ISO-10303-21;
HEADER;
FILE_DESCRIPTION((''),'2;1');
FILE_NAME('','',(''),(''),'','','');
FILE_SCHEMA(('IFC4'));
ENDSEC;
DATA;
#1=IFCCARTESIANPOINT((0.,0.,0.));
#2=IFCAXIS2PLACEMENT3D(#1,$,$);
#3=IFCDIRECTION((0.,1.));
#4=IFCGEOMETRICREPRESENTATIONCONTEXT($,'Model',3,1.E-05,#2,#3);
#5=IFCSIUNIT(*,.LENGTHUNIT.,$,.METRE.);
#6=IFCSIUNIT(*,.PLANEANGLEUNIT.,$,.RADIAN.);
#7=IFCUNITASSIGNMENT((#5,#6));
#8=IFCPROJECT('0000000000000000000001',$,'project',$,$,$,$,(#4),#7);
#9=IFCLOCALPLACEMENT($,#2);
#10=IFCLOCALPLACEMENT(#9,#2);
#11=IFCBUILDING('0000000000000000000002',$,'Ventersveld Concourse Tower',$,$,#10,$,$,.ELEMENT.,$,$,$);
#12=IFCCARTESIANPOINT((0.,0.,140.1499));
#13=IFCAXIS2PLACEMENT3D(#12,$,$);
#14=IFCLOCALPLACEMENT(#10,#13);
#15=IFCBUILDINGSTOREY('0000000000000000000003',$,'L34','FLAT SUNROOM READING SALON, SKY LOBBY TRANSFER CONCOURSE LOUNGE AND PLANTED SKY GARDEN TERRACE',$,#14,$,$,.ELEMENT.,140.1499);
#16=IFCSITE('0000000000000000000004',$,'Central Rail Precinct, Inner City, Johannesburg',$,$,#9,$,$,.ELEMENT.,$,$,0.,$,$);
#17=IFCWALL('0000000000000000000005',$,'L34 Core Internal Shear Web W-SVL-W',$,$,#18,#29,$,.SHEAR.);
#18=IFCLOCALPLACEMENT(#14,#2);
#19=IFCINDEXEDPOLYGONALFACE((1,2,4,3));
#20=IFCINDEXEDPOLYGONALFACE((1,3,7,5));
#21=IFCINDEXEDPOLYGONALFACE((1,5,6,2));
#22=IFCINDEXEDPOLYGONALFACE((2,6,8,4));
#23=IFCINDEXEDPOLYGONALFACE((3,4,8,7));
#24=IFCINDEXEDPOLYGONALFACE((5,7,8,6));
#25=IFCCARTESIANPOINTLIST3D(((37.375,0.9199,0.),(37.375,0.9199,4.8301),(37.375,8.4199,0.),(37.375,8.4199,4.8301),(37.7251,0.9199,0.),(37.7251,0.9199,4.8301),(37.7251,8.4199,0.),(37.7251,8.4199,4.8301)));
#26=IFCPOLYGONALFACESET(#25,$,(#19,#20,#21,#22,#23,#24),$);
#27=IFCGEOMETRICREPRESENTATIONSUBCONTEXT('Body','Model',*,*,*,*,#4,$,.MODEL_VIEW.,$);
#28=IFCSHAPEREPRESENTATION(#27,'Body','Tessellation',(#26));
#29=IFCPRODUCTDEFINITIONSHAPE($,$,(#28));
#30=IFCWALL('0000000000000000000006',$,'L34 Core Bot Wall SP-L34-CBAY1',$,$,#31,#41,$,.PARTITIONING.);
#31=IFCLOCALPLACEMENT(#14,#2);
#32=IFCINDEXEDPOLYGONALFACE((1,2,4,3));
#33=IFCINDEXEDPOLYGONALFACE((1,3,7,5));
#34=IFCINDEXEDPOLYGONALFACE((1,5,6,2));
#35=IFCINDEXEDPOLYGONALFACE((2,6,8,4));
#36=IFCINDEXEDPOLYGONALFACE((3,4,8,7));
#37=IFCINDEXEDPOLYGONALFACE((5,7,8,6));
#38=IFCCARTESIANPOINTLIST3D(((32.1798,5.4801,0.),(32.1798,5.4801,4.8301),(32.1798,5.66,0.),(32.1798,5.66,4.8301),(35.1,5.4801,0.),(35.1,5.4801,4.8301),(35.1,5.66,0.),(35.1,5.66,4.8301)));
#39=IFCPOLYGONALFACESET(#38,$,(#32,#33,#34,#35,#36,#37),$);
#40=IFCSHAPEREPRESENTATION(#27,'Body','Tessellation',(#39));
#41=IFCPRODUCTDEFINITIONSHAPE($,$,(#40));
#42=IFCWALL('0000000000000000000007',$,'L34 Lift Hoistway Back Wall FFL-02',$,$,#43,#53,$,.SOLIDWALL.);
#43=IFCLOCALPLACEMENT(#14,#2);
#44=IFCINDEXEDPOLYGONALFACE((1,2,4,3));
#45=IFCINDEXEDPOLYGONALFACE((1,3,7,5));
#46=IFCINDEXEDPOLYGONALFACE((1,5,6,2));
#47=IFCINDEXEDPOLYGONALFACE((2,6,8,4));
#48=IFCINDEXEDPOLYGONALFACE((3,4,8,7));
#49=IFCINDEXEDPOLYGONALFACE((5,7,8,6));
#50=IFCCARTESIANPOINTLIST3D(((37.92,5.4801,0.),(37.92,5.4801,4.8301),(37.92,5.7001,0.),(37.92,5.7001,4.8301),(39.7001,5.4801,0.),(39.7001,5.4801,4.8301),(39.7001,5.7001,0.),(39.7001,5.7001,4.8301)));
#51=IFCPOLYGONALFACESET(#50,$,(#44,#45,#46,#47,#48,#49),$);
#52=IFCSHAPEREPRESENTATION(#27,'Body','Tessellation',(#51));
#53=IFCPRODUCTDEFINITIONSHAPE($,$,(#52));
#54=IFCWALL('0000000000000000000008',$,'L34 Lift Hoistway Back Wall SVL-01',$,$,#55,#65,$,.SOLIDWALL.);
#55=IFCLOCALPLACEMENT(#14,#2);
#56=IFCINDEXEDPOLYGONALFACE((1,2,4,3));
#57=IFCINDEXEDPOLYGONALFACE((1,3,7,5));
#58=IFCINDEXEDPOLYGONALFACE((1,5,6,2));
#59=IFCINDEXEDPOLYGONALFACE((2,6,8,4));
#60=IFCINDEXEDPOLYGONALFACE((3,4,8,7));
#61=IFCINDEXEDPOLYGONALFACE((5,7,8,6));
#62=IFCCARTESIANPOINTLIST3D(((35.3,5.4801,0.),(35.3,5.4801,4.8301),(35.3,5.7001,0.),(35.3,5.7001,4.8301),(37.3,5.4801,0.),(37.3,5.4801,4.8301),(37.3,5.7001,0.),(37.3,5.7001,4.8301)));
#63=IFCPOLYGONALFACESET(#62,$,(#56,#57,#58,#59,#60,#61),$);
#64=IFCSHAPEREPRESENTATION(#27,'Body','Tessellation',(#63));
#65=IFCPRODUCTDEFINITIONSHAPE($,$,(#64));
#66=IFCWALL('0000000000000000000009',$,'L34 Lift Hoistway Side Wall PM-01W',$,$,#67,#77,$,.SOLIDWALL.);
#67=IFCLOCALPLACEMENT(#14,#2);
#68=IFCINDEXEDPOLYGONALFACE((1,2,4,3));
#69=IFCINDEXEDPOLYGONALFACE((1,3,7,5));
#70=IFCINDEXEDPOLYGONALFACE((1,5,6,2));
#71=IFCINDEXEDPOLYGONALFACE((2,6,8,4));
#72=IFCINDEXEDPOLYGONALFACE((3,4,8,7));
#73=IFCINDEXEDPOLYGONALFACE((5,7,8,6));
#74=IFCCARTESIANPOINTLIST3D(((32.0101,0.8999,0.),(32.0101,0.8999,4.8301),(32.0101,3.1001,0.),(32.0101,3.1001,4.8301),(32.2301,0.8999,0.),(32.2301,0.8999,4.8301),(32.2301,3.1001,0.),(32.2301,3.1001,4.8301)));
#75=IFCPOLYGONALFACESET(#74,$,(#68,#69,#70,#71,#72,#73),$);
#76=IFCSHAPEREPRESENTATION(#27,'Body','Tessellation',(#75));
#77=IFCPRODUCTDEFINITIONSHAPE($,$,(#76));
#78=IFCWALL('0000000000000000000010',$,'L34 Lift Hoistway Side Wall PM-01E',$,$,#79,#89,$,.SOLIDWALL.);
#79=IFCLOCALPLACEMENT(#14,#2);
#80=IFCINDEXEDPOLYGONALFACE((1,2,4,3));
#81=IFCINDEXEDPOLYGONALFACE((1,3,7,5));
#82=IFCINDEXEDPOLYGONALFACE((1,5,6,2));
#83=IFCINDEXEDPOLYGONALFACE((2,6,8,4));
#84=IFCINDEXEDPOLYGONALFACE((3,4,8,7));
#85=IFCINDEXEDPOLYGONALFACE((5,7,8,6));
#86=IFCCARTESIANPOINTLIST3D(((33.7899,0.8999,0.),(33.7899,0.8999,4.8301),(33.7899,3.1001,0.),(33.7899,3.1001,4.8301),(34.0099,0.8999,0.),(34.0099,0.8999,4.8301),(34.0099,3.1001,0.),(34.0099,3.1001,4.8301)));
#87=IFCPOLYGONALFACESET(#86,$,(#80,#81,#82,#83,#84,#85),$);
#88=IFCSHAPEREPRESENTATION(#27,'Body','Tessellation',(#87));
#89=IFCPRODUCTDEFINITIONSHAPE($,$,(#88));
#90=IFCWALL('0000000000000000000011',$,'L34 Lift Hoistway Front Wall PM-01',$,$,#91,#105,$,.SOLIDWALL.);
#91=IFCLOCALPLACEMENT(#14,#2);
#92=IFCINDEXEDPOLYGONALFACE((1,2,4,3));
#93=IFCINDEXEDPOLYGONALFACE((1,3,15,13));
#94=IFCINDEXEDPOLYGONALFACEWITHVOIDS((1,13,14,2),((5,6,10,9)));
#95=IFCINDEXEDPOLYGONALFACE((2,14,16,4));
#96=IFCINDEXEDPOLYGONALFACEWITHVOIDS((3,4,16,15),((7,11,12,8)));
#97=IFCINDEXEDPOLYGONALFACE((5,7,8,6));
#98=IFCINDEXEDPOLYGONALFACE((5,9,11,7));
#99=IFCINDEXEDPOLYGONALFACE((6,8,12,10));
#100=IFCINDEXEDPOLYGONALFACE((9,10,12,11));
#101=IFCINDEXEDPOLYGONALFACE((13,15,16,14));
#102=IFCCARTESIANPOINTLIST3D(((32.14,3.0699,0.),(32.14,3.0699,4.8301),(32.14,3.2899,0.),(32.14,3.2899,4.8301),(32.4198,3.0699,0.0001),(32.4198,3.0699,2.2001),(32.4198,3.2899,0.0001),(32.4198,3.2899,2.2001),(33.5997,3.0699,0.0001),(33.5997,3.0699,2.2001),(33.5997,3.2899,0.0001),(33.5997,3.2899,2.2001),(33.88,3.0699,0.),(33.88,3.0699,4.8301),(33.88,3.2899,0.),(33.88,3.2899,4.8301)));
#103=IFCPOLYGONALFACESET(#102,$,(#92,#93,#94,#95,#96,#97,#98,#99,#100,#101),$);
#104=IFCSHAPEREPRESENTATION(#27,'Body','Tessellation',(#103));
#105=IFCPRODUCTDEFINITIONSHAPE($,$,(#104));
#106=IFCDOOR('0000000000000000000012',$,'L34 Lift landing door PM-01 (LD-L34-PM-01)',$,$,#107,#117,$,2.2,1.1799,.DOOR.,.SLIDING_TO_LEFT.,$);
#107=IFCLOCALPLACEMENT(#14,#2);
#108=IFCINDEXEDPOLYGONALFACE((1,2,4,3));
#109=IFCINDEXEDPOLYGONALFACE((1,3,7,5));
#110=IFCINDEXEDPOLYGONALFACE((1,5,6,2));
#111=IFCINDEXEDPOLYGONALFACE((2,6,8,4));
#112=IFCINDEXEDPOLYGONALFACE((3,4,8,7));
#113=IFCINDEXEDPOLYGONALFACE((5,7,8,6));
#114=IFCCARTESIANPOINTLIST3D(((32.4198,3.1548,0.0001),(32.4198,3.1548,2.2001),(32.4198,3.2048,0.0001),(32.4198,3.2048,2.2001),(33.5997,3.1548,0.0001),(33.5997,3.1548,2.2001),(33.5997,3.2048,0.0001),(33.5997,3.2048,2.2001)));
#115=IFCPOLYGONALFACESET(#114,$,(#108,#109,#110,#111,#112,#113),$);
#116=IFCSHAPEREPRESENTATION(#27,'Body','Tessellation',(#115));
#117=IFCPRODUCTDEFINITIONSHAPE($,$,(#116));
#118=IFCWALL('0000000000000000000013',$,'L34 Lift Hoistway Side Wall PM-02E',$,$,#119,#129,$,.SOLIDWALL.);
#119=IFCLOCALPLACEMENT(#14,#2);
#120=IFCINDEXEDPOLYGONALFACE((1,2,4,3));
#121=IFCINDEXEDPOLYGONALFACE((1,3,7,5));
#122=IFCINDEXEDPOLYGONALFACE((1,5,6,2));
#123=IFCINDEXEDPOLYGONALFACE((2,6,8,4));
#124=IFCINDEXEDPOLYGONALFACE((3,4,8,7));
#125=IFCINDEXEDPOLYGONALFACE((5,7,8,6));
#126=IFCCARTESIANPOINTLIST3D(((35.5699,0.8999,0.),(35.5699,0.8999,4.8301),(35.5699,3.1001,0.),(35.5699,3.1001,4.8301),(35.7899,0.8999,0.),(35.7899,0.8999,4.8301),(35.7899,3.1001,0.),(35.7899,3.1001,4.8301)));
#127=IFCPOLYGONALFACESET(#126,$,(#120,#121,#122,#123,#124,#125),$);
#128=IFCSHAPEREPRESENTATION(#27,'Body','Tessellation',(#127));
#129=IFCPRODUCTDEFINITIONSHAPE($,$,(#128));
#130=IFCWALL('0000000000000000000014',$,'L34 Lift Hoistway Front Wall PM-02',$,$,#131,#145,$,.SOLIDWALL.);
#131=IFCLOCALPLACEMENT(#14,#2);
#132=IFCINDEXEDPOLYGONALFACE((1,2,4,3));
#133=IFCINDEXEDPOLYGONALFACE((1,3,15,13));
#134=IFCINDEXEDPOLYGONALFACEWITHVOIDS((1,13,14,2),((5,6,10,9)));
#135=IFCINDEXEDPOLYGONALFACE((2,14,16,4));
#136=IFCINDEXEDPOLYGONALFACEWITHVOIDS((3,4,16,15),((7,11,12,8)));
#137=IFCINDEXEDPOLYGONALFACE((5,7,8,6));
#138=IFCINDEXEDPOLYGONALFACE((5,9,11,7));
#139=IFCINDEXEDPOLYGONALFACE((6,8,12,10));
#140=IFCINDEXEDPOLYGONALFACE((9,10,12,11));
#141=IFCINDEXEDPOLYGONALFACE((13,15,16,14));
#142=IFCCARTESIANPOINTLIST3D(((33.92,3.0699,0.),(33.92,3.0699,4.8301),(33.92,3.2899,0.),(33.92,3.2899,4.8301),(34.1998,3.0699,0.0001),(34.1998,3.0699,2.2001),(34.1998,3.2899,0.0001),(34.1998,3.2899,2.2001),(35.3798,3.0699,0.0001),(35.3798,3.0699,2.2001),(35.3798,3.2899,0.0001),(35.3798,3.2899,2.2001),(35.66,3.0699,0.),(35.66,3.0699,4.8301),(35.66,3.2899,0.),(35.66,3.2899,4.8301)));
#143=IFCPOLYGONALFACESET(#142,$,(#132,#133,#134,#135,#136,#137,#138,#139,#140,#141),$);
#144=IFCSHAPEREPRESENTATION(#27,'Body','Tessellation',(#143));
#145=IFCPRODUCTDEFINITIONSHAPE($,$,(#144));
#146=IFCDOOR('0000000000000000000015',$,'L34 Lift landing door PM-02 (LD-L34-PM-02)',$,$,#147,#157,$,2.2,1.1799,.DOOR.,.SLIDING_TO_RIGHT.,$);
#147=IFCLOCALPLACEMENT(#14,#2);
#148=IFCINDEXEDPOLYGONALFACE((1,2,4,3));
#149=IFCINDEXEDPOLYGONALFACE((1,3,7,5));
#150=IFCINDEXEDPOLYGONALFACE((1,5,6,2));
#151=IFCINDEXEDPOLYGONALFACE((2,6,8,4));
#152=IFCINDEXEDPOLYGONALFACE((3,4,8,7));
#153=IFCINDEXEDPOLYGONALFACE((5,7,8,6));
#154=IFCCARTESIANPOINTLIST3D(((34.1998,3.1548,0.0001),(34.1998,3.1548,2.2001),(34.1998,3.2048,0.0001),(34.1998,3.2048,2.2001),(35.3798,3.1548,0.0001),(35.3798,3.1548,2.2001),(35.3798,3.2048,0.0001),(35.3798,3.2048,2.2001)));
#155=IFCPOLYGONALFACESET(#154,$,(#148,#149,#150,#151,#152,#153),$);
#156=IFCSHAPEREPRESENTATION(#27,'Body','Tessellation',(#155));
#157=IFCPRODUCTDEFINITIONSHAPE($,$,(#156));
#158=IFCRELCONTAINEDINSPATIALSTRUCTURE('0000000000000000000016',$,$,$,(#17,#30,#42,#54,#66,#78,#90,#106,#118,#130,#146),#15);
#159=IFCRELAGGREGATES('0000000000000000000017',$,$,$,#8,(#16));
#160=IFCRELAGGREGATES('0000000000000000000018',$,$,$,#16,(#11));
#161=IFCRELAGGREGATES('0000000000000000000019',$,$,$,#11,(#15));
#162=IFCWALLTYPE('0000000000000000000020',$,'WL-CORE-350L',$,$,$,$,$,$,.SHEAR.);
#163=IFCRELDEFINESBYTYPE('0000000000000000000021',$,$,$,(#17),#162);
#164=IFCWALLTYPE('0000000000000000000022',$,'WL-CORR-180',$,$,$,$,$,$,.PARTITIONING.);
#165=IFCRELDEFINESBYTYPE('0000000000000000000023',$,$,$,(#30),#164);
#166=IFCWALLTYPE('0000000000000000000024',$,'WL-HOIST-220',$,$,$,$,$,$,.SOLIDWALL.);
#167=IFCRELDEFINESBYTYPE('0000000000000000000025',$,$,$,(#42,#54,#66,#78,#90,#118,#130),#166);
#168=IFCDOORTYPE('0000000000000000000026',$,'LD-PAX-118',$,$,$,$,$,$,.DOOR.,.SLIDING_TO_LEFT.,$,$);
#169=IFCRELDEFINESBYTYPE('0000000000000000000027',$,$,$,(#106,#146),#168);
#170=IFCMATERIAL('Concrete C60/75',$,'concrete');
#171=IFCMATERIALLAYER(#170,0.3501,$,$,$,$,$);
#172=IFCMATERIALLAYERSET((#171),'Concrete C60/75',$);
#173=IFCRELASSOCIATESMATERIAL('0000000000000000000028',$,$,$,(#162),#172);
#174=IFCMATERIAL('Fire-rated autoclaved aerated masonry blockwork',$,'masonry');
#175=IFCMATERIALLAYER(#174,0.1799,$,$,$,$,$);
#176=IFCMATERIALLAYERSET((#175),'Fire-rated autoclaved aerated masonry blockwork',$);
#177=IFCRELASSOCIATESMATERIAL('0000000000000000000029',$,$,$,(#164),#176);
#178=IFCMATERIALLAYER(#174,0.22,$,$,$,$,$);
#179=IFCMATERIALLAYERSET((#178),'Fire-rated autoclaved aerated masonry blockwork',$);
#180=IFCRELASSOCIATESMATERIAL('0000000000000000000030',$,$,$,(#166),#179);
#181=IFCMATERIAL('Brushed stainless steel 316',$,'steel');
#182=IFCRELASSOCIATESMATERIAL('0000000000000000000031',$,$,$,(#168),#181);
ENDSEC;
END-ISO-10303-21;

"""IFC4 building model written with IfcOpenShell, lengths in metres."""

from ifc_helpers import new_model, si_unit, direction, frame, frame_2d, origin, place, context, subcontext, project, spatial, rectangle, extrude, material, layer, layer_set, type_object, element, fill, save


model = new_model("IFC4")

# Units and contexts
model_context = context("Model", 3, precision=1e-05, world=origin(), true_north=direction((0.0, 1.0)))
body_context = subcontext(model_context, "Body", "Model", "MODEL_VIEW")
ifc_project = project(units=[si_unit("LENGTHUNIT", "METRE"), si_unit("PLANEANGLEUNIT", "RADIAN")], contexts=[model_context])

# Site, building, storey
site_placement = place(None, origin())
site = spatial("IfcSite", under=ifc_project, at=site_placement, Name="Central Rail Precinct, Inner City, Johannesburg", CompositionType="ELEMENT", RefElevation=0.0)
building_placement = place(site_placement, origin())
building = spatial("IfcBuilding", under=site, at=building_placement, Name="Ventersveld Concourse Tower", CompositionType="ELEMENT")
storey_placement = place(building_placement, frame((0.0, 0.0, 140.1499)))
storey = spatial("IfcBuildingStorey", under=building, at=storey_placement, Name="L34", Description="FLAT SUNROOM READING SALON, SKY LOBBY TRANSFER CONCOURSE LOUNGE AND PLANTED SKY GARDEN TERRACE", CompositionType="ELEMENT", Elevation=140.1499)

# Walls
ifc_material_1 = material(Name="Concrete C60/75", Category="concrete")
ifc_layer_1 = layer(ifc_material_1, 0.3501)
ifc_layer_set_1 = layer_set([ifc_layer_1], Name="Concrete C60/75")
wall_type_1 = type_object("IfcWallType", Name="WL-CORE-350L", PredefinedType="SHEAR", material=ifc_layer_set_1)
for number, where, z_axis, x_axis, name in (
    (1, (37.55, 0.9199, 0.0), (0.0, 0.0, 1.0), (0.0, 1.0, 0.0), "L34 Core Internal Shear Web W-SVL-W"),
):
    element("IfcWall", number, at=place(storey_placement, frame(where, z_axis=z_axis, x_axis=x_axis)), inside=storey, type_object=wall_type_1, Name=name, PredefinedType="SHEAR", context=body_context, shape_type="SweptSolid", body=[
        extrude(rectangle(XDim=7.5, YDim=0.3501, at=frame_2d((3.75, 0.0))), origin(), (0.0, 0.0, 1.0), 4.8301),
    ])
ifc_material_2 = material(Name="Fire-rated autoclaved aerated masonry blockwork", Category="masonry")
ifc_layer_2 = layer(ifc_material_2, 0.1799)
ifc_layer_set_2 = layer_set([ifc_layer_2], Name="Fire-rated autoclaved aerated masonry blockwork")
wall_type_2 = type_object("IfcWallType", Name="WL-CORR-180", PredefinedType="PARTITIONING", material=ifc_layer_set_2)
wall_1_placement = place(storey_placement, frame((32.1799, 5.5701, 0.0), z_axis=(0.0, 0.0, 1.0), x_axis=(1.0, 0.0, 0.0)))
element("IfcWall", 2, at=wall_1_placement, inside=storey, type_object=wall_type_2, Name="L34 Core Bot Wall SP-L34-CBAY1", PredefinedType="PARTITIONING", context=body_context, shape_type="SweptSolid", body=[
    extrude(rectangle(XDim=2.9202, YDim=0.1799, at=frame_2d((1.46, 0.0))), origin(), (0.0, 0.0, 1.0), 4.8301),
])
ifc_layer_3 = layer(ifc_material_2, 0.22)
ifc_layer_set_3 = layer_set([ifc_layer_3], Name="Fire-rated autoclaved aerated masonry blockwork")
wall_type_3 = type_object("IfcWallType", Name="WL-HOIST-220", PredefinedType="SOLIDWALL", material=ifc_layer_set_3)
wall_2_placement = place(storey_placement, frame((37.9199, 5.5901, 0.0), z_axis=(0.0, 0.0, 1.0), x_axis=(1.0, 0.0, 0.0)))
element("IfcWall", 3, at=wall_2_placement, inside=storey, type_object=wall_type_3, Name="L34 Lift Hoistway Back Wall FFL-02", PredefinedType="SOLIDWALL", context=body_context, shape_type="SweptSolid", body=[
    extrude(rectangle(XDim=1.78, YDim=0.22, at=frame_2d((0.8901, 0.0))), origin(), (0.0, 0.0, 1.0), 4.8301),
])
wall_3_placement = place(storey_placement, frame((35.3, 5.5901, 0.0), z_axis=(0.0, 0.0, 1.0), x_axis=(1.0, 0.0, 0.0)))
element("IfcWall", 4, at=wall_3_placement, inside=storey, type_object=wall_type_3, Name="L34 Lift Hoistway Back Wall SVL-01", PredefinedType="SOLIDWALL", context=body_context, shape_type="SweptSolid", body=[
    extrude(rectangle(XDim=2.0, YDim=0.22, at=frame_2d((1.0, 0.0))), origin(), (0.0, 0.0, 1.0), 4.8301),
])
for number, where, z_axis, x_axis, name in (
    (5, (32.1201, 0.8999, 0.0), (0.0, 0.0, 1.0), (0.0, 1.0, 0.0), "L34 Lift Hoistway Side Wall PM-01W"),
    (6, (33.8999, 0.8999, 0.0), (0.0, 0.0, 1.0), (0.0, 1.0, 0.0), "L34 Lift Hoistway Side Wall PM-01E"),
):
    element("IfcWall", number, at=place(storey_placement, frame(where, z_axis=z_axis, x_axis=x_axis)), inside=storey, type_object=wall_type_3, Name=name, PredefinedType="SOLIDWALL", context=body_context, shape_type="SweptSolid", body=[
        extrude(rectangle(XDim=2.2002, YDim=0.22, at=frame_2d((1.1001, 0.0))), origin(), (0.0, 0.0, 1.0), 4.8301),
    ])

# Wall, opening, door
wall_4_placement = place(storey_placement, frame((32.1399, 3.1799, 0.0), z_axis=(0.0, 0.0, 1.0), x_axis=(1.0, 0.0, 0.0)))
wall_4 = element("IfcWall", 7, at=wall_4_placement, inside=storey, type_object=wall_type_3, Name="L34 Lift Hoistway Front Wall PM-01", PredefinedType="SOLIDWALL", context=body_context, shape_type="SweptSolid", body=[
    extrude(rectangle(XDim=1.74, YDim=0.22, at=frame_2d((0.8701, 0.0))), origin(), (0.0, 0.0, 1.0), 4.8301),
])
opening_1_placement = place(wall_4_placement, frame((0.28, 0.0, 0.0)))
opening_1 = element("IfcOpeningElement", 8, at=opening_1_placement, cuts=wall_4, PredefinedType="OPENING", context=body_context, shape_type="SweptSolid", body=[
    extrude(rectangle(XDim=1.1799, YDim=2.2, at=frame_2d((0.5898, 1.1001))), frame((0.0, 0.1201, 0.0), z_axis=(0.0, -1.0, 0.0), x_axis=(1.0, 0.0, 0.0)), (0.0, 0.0, 1.0), 0.24),
])
ifc_material_3 = material(Name="Brushed stainless steel 316", Category="steel")
door_type = type_object("IfcDoorType", Name="LD-PAX-118", OperationType="SLIDING_TO_LEFT", PredefinedType="DOOR", material=ifc_material_3)
door_1_placement = place(opening_1_placement, origin())
door_1 = element("IfcDoor", 9, at=door_1_placement, inside=storey, type_object=door_type, Name="L34 Lift landing door PM-01 (LD-L34-PM-01)", OperationType="SLIDING_TO_LEFT", OverallHeight=2.2, OverallWidth=1.1799, PredefinedType="DOOR", context=body_context, shape_type="SweptSolid", body=[
    extrude(rectangle(XDim=1.1799, YDim=2.2, at=frame_2d((0.5898, 1.1001))), frame((0.0, 0.0249, 0.0), z_axis=(0.0, -1.0, 0.0), x_axis=(1.0, 0.0, 0.0)), (0.0, 0.0, 1.0), 0.05),
])
fill(opening_1, door_1)

# Wall
wall_5_placement = place(storey_placement, frame((35.6799, 0.8999, 0.0), z_axis=(0.0, 0.0, 1.0), x_axis=(0.0, 1.0, 0.0)))
element("IfcWall", 10, at=wall_5_placement, inside=storey, type_object=wall_type_3, Name="L34 Lift Hoistway Side Wall PM-02E", PredefinedType="SOLIDWALL", context=body_context, shape_type="SweptSolid", body=[
    extrude(rectangle(XDim=2.2002, YDim=0.22, at=frame_2d((1.1001, 0.0))), origin(), (0.0, 0.0, 1.0), 4.8301),
])

# Wall, opening, door
wall_6_placement = place(storey_placement, frame((33.9199, 3.1799, 0.0), z_axis=(0.0, 0.0, 1.0), x_axis=(1.0, 0.0, 0.0)))
wall_6 = element("IfcWall", 11, at=wall_6_placement, inside=storey, type_object=wall_type_3, Name="L34 Lift Hoistway Front Wall PM-02", PredefinedType="SOLIDWALL", context=body_context, shape_type="SweptSolid", body=[
    extrude(rectangle(XDim=1.74, YDim=0.22, at=frame_2d((0.8701, 0.0))), origin(), (0.0, 0.0, 1.0), 4.8301),
])
opening_2_placement = place(wall_6_placement, frame((0.28, 0.0, 0.0)))
opening_2 = element("IfcOpeningElement", 12, at=opening_2_placement, cuts=wall_6, PredefinedType="OPENING", context=body_context, shape_type="SweptSolid", body=[
    extrude(rectangle(XDim=1.1799, YDim=2.2, at=frame_2d((0.5898, 1.1001))), frame((0.0, 0.1201, 0.0), z_axis=(0.0, -1.0, 0.0), x_axis=(1.0, 0.0, 0.0)), (0.0, 0.0, 1.0), 0.24),
])
door_2_placement = place(opening_2_placement, origin())
door_2 = element("IfcDoor", 13, at=door_2_placement, inside=storey, type_object=door_type, Name="L34 Lift landing door PM-02 (LD-L34-PM-02)", OperationType="SLIDING_TO_RIGHT", OverallHeight=2.2, OverallWidth=1.1799, PredefinedType="DOOR", context=body_context, shape_type="SweptSolid", body=[
    extrude(rectangle(XDim=1.1799, YDim=2.2, at=frame_2d((0.5898, 1.1001))), frame((0.0, 0.0249, 0.0), z_axis=(0.0, -1.0, 0.0), x_axis=(1.0, 0.0, 0.0)), (0.0, 0.0, 1.0), 0.05),
])
fill(opening_2, door_2)

save(model, "model.ifc")
